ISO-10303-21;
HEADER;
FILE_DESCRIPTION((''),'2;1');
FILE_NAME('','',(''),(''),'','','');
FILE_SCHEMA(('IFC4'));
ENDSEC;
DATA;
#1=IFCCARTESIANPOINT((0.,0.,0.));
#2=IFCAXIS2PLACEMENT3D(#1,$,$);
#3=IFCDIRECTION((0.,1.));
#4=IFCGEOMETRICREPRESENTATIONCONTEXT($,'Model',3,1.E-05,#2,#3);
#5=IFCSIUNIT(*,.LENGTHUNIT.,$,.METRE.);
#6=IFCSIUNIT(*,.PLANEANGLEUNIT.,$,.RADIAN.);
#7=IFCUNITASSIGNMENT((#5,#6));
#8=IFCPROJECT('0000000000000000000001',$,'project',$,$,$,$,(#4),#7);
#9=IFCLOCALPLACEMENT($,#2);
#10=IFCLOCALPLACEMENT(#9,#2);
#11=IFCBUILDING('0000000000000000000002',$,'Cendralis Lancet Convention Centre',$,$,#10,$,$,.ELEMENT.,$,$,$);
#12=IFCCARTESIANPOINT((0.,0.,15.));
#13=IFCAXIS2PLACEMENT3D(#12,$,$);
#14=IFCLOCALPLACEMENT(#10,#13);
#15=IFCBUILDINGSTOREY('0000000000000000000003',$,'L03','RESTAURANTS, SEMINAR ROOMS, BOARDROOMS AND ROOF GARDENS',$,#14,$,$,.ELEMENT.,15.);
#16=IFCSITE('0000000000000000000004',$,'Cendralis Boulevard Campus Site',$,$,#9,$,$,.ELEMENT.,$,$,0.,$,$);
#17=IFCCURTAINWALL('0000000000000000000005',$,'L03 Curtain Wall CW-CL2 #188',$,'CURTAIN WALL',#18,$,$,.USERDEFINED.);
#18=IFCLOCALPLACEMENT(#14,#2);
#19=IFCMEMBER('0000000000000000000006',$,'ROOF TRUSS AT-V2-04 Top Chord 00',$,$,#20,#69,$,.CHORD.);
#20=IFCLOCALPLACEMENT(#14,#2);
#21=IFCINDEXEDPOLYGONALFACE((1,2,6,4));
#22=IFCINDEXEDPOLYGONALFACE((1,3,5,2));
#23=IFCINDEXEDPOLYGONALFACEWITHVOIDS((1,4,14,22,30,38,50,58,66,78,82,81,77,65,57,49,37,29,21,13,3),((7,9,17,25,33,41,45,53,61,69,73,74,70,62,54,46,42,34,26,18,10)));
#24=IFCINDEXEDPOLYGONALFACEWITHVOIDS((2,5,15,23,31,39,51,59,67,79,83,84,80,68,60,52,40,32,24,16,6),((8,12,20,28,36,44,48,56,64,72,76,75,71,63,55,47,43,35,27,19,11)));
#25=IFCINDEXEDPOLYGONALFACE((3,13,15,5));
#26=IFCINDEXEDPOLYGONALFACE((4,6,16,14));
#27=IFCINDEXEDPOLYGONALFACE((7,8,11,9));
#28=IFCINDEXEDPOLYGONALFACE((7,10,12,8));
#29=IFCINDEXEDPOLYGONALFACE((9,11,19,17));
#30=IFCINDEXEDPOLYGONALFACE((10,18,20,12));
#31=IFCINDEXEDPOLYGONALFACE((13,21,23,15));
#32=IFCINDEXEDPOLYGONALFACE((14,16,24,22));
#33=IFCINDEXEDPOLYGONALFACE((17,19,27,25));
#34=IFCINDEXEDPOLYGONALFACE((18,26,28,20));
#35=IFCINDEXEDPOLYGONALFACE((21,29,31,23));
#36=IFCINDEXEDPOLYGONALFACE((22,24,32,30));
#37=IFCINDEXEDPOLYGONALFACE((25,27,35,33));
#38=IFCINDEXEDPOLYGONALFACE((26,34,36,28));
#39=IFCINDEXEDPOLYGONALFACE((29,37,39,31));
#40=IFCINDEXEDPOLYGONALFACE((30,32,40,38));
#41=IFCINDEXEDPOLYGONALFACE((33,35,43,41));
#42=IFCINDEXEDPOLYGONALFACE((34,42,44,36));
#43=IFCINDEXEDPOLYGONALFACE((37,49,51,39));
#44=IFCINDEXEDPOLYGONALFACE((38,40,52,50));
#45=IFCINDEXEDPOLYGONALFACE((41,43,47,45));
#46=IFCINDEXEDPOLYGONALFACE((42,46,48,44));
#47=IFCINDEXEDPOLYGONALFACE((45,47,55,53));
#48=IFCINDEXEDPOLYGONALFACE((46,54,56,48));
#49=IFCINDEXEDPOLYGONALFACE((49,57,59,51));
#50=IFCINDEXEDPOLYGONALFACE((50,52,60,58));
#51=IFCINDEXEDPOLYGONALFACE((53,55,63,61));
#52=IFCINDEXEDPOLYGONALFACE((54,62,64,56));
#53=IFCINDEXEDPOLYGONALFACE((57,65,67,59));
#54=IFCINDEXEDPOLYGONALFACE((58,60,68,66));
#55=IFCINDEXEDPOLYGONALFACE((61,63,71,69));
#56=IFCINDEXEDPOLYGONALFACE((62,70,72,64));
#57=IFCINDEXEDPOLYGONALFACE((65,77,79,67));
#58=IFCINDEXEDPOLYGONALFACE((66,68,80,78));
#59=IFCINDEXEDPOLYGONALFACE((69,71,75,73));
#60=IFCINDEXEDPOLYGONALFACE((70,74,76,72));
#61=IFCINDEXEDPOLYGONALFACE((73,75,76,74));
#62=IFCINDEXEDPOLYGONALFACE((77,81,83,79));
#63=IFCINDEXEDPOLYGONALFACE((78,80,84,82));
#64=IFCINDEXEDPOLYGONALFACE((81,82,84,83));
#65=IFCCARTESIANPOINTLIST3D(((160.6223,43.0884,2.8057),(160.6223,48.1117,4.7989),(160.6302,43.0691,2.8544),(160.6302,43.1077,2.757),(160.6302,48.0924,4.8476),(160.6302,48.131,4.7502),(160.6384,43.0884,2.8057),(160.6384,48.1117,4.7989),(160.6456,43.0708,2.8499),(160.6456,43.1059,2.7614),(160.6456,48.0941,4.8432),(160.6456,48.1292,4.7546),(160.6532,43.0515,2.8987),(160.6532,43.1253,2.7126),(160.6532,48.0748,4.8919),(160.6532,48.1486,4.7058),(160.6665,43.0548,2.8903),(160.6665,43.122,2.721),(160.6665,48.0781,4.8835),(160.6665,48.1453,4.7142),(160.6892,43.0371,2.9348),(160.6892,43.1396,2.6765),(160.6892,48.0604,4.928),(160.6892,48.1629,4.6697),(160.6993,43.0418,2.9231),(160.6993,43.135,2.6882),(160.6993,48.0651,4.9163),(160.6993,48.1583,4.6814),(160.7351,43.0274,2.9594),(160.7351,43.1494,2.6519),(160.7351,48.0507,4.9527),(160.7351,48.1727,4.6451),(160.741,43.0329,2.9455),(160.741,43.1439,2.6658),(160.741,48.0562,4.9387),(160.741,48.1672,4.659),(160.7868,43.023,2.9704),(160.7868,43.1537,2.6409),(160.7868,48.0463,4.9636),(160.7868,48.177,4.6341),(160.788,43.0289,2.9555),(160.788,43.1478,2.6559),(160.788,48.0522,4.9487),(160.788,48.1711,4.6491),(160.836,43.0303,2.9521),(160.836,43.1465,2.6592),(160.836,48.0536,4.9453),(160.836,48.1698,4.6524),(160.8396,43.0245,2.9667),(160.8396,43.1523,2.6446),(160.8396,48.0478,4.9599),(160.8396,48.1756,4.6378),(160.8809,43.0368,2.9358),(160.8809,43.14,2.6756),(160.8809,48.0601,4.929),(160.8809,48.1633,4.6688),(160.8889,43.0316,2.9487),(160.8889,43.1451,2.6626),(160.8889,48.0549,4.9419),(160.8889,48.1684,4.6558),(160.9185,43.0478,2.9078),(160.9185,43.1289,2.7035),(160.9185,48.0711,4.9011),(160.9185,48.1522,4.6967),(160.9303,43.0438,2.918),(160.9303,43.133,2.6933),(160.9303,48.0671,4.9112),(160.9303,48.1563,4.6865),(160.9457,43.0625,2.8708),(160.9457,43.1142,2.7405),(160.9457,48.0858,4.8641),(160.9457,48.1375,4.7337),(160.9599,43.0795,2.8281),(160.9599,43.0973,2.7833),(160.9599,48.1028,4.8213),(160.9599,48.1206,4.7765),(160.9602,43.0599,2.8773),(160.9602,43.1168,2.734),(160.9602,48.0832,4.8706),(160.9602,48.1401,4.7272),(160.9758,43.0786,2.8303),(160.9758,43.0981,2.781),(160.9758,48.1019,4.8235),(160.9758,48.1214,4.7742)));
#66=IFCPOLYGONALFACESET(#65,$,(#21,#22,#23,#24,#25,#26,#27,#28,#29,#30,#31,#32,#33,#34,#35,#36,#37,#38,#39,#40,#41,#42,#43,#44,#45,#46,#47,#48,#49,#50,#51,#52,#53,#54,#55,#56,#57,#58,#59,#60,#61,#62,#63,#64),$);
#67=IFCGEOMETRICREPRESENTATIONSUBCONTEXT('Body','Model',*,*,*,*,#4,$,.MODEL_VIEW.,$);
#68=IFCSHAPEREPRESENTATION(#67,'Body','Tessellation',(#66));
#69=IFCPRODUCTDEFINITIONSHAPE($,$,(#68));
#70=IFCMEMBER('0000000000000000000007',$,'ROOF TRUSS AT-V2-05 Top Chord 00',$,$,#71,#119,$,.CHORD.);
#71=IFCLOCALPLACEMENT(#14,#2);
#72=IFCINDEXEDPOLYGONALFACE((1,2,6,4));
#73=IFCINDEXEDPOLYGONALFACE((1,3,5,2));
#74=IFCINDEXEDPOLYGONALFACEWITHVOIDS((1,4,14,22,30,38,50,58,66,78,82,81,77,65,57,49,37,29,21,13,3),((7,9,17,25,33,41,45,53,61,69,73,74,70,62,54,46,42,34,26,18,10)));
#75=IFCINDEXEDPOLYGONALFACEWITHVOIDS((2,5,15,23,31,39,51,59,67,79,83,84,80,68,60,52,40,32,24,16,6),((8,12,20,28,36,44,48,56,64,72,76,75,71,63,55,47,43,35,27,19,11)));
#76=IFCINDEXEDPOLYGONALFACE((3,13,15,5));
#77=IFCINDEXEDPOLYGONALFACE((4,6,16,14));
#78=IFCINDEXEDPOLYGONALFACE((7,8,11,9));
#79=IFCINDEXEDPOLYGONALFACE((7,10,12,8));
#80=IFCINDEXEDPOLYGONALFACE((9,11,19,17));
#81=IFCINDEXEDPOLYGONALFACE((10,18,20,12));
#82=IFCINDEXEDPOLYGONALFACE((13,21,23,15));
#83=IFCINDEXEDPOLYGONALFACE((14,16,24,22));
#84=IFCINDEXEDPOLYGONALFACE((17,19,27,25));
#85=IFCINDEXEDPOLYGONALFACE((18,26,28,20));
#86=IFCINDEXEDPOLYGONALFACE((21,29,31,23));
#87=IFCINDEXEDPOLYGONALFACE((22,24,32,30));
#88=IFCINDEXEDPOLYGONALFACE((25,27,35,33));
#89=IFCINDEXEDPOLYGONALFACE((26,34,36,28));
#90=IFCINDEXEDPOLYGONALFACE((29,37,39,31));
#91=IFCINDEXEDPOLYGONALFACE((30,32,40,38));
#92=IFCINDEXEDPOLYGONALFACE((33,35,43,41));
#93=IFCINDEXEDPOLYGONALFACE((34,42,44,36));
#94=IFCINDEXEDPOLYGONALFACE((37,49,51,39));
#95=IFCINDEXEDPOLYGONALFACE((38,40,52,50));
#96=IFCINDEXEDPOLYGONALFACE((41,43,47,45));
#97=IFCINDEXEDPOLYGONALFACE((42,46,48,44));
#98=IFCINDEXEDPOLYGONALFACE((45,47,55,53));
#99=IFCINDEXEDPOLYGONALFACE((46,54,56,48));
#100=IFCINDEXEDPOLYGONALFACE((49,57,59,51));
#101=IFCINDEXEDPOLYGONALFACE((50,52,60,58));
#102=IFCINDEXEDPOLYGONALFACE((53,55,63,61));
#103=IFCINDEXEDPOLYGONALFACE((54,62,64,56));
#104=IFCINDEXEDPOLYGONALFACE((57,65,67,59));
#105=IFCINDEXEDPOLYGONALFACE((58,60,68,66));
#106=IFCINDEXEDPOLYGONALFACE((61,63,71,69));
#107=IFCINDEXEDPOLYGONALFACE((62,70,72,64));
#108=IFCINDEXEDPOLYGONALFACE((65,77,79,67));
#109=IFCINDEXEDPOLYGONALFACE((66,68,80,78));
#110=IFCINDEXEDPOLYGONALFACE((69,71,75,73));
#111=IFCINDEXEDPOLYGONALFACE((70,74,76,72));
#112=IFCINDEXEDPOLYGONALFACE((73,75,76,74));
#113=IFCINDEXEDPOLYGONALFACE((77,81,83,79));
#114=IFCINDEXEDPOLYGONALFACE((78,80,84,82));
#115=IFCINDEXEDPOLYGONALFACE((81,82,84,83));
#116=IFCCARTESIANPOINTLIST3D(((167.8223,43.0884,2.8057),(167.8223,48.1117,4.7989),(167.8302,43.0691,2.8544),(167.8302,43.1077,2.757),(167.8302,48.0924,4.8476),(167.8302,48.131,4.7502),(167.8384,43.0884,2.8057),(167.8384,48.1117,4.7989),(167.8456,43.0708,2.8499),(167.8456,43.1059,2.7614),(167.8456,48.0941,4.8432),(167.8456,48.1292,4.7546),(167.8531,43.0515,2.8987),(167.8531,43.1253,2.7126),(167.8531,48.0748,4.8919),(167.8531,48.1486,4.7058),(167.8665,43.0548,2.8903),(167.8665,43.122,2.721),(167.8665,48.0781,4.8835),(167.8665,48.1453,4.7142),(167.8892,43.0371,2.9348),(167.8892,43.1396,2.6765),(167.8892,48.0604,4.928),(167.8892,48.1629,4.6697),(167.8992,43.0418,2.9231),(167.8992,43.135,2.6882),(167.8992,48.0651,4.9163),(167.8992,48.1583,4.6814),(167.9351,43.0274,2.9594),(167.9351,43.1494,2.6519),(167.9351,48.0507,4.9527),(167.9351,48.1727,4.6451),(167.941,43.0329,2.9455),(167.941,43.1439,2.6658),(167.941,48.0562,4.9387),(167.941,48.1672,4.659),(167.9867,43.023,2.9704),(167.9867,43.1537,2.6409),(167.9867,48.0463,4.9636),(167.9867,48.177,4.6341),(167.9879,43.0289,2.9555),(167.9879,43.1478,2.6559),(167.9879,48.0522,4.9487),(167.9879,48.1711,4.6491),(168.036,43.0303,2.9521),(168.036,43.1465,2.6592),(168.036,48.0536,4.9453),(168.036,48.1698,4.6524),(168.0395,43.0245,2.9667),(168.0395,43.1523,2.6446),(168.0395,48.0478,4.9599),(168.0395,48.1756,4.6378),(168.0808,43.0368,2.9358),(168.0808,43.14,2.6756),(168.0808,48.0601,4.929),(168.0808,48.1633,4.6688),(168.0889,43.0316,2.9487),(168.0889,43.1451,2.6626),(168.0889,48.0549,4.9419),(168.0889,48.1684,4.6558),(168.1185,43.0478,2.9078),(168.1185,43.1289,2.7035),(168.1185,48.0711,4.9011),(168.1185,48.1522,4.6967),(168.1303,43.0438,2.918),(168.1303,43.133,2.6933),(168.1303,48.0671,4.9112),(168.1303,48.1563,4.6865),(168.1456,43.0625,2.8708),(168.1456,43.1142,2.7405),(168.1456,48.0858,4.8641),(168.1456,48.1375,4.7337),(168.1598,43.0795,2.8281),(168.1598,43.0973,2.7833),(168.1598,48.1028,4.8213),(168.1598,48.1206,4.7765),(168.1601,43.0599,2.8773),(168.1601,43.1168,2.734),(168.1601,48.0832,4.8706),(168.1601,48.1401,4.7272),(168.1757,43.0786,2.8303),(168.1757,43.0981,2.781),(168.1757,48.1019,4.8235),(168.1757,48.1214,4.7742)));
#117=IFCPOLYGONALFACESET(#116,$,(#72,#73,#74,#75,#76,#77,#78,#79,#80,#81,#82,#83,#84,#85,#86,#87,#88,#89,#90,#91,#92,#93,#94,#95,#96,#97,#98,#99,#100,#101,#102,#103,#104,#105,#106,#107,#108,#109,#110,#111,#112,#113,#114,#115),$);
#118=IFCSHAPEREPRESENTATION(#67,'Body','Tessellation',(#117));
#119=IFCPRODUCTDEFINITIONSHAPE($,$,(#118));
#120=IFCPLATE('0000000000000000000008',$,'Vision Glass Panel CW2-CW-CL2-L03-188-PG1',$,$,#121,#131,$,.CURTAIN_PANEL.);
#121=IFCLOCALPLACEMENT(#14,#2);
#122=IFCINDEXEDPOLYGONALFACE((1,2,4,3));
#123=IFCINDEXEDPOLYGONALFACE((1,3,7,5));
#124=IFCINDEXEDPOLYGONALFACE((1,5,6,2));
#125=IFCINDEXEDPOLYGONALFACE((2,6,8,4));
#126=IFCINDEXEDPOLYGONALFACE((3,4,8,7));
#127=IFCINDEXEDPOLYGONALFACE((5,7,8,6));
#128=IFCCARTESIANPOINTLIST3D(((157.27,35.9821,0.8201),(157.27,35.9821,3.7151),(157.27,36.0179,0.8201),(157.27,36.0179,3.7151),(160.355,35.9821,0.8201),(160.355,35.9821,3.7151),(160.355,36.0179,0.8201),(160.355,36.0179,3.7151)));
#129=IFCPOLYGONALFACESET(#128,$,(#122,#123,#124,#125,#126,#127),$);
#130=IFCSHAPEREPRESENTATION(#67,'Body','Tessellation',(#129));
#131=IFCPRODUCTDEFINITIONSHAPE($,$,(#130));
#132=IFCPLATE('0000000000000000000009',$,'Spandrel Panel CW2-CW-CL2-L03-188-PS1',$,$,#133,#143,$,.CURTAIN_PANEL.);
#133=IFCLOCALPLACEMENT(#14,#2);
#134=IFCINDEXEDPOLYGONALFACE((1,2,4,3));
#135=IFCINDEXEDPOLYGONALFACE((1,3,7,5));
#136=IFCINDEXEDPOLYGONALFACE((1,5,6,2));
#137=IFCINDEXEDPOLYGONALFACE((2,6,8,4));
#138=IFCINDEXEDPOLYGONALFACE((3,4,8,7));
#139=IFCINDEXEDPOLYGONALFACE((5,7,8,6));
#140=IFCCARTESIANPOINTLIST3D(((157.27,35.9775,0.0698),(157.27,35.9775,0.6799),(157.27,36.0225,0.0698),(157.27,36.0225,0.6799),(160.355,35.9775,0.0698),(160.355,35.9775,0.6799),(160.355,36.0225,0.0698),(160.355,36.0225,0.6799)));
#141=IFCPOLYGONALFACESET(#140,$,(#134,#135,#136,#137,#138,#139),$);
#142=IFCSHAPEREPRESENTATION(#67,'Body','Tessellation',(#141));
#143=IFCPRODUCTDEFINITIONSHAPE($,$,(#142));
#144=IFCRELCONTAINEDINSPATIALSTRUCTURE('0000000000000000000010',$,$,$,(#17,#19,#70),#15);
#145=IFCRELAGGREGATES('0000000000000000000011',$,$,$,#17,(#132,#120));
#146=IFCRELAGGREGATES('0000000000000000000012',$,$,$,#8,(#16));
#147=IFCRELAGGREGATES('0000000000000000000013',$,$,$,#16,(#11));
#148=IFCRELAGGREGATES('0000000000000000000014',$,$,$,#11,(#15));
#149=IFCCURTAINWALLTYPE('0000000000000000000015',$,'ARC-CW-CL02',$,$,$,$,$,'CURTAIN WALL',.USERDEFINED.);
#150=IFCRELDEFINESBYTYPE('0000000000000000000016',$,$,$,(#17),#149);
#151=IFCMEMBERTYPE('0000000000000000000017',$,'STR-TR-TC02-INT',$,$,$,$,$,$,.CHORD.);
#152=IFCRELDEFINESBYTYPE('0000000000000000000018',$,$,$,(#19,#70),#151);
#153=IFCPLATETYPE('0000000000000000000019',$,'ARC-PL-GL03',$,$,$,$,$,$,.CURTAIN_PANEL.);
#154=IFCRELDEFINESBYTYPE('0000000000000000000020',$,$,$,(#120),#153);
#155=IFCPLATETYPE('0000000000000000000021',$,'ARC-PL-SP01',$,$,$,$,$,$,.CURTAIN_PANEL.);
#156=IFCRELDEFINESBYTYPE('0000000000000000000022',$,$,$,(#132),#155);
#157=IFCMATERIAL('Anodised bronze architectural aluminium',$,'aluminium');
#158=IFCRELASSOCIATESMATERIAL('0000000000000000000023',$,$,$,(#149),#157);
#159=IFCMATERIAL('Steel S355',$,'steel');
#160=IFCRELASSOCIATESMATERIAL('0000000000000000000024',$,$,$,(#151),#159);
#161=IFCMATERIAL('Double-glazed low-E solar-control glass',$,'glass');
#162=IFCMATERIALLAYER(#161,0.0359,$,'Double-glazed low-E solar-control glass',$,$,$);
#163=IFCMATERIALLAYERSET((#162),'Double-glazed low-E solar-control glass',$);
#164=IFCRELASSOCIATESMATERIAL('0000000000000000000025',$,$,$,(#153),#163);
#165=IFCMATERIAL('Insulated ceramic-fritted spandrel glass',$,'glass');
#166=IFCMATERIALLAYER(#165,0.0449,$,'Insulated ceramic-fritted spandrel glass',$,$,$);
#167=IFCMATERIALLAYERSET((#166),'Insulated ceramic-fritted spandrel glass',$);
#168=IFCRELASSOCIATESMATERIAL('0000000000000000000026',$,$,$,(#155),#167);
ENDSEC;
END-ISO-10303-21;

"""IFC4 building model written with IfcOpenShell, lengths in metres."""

from ifc_helpers import new_model, si_unit, direction, frame, origin, origin_2d, place, context, subcontext, project, spatial, rectangle, hollow_circle, extrude, material, layer, layer_set, material_profile, profile_set, type_object, element, aggregate, save


model = new_model("IFC4")

# Units and contexts
model_context = context("Model", 3, precision=1e-05, world=origin(), true_north=direction((0.0, 1.0)))
body_context = subcontext(model_context, "Body", "Model", "MODEL_VIEW")
ifc_project = project(units=[si_unit("LENGTHUNIT", "METRE"), si_unit("PLANEANGLEUNIT", "RADIAN")], contexts=[model_context])

# Site, building, storey
site_placement = place(None, origin())
site = spatial("IfcSite", under=ifc_project, at=site_placement, Name="Cendralis Boulevard Campus Site", CompositionType="ELEMENT", RefElevation=0.0)
building_placement = place(site_placement, origin())
building = spatial("IfcBuilding", under=site, at=building_placement, Name="Cendralis Lancet Convention Centre", CompositionType="ELEMENT")
storey_placement = place(building_placement, frame((0.0, 0.0, 15.0)))
storey = spatial("IfcBuildingStorey", under=building, at=storey_placement, Name="L03", Description="RESTAURANTS, SEMINAR ROOMS, BOARDROOMS AND ROOF GARDENS", CompositionType="ELEMENT", Elevation=15.0)

# Curtain wall
ifc_material_1 = material(Name="Anodised bronze architectural aluminium", Category="aluminium")
curtain_wall_type = type_object("IfcCurtainWallType", Name="ARC-CW-CL02", ElementType="CURTAIN WALL", PredefinedType="USERDEFINED", material=ifc_material_1)
curtain_wall_placement = place(storey_placement, origin())
curtain_wall = element("IfcCurtainWall", 1, at=curtain_wall_placement, inside=storey, type_object=curtain_wall_type, Name="L03 Curtain Wall CW-CL2 #188", ObjectType="CURTAIN WALL", PredefinedType="USERDEFINED")

# Members
ifc_material_2 = material(Name="Steel S355", Category="steel")
ifc_material_profile_1 = material_profile(ifc_material_2, hollow_circle(Radius=0.1777, WallThickness=0.0161, at=origin_2d()), Name="CHS 355.6x16.0")
ifc_profile_set_1 = profile_set([ifc_material_profile_1], Name="Steel S355")
member_type_1 = type_object("IfcMemberType", Name="STR-TR-TC02-INT", PredefinedType="CHORD", material=ifc_profile_set_1)
for number, where, z_axis, x_axis, name in (
    (2, (160.8, 43.0884, 2.8057), (0.0, 0.929501, 0.368819), (-1.0, 0.0, 0.0), "ROOF TRUSS AT-V2-04 Top Chord 00"),
    (3, (168.0, 43.0884, 2.8057), (0.0, 0.929501, 0.368819), (-1.0, 0.0, 0.0), "ROOF TRUSS AT-V2-05 Top Chord 00"),
):
    element("IfcMember", number, at=place(storey_placement, frame(where, z_axis=z_axis, x_axis=x_axis)), inside=storey, type_object=member_type_1, Name=name, PredefinedType="CHORD", context=body_context, shape_type="SweptSolid", body=[
        extrude(hollow_circle(Radius=0.1777, WallThickness=0.0161, at=origin_2d()), origin(), (0.0, 0.0, 1.0), 5.4043),
    ])

# Plates
ifc_material_3 = material(Name="Double-glazed low-E solar-control glass", Category="glass")
ifc_layer_1 = layer(ifc_material_3, 0.0359, Name="Double-glazed low-E solar-control glass")
ifc_layer_set_1 = layer_set([ifc_layer_1], Name="Double-glazed low-E solar-control glass")
plate_type_1 = type_object("IfcPlateType", Name="ARC-PL-GL03", PredefinedType="CURTAIN_PANEL", material=ifc_layer_set_1)
plate_1_placement = place(storey_placement, frame((158.8125, 36.0, 0.8201), z_axis=(0.0, 0.0, 1.0), x_axis=(1.0, 0.0, 0.0)))
plate_1 = element("IfcPlate", 4, at=plate_1_placement, type_object=plate_type_1, Name="Vision Glass Panel CW2-CW-CL2-L03-188-PG1", PredefinedType="CURTAIN_PANEL", context=body_context, shape_type="SweptSolid", body=[
    extrude(rectangle(XDim=3.085, YDim=0.0359, at=origin_2d()), origin(), (0.0, 0.0, 1.0), 2.895),
])
ifc_material_4 = material(Name="Insulated ceramic-fritted spandrel glass", Category="glass")
ifc_layer_2 = layer(ifc_material_4, 0.0449, Name="Insulated ceramic-fritted spandrel glass")
ifc_layer_set_2 = layer_set([ifc_layer_2], Name="Insulated ceramic-fritted spandrel glass")
plate_type_2 = type_object("IfcPlateType", Name="ARC-PL-SP01", PredefinedType="CURTAIN_PANEL", material=ifc_layer_set_2)
plate_2_placement = place(storey_placement, frame((158.8125, 36.0, 0.0698), z_axis=(0.0, 0.0, 1.0), x_axis=(1.0, 0.0, 0.0)))
plate_2 = element("IfcPlate", 5, at=plate_2_placement, type_object=plate_type_2, Name="Spandrel Panel CW2-CW-CL2-L03-188-PS1", PredefinedType="CURTAIN_PANEL", context=body_context, shape_type="SweptSolid", body=[
    extrude(rectangle(XDim=3.085, YDim=0.0449, at=origin_2d()), origin(), (0.0, 0.0, 1.0), 0.6101),
])
aggregate(curtain_wall, [plate_2, plate_1])

save(model, "model.ifc")
